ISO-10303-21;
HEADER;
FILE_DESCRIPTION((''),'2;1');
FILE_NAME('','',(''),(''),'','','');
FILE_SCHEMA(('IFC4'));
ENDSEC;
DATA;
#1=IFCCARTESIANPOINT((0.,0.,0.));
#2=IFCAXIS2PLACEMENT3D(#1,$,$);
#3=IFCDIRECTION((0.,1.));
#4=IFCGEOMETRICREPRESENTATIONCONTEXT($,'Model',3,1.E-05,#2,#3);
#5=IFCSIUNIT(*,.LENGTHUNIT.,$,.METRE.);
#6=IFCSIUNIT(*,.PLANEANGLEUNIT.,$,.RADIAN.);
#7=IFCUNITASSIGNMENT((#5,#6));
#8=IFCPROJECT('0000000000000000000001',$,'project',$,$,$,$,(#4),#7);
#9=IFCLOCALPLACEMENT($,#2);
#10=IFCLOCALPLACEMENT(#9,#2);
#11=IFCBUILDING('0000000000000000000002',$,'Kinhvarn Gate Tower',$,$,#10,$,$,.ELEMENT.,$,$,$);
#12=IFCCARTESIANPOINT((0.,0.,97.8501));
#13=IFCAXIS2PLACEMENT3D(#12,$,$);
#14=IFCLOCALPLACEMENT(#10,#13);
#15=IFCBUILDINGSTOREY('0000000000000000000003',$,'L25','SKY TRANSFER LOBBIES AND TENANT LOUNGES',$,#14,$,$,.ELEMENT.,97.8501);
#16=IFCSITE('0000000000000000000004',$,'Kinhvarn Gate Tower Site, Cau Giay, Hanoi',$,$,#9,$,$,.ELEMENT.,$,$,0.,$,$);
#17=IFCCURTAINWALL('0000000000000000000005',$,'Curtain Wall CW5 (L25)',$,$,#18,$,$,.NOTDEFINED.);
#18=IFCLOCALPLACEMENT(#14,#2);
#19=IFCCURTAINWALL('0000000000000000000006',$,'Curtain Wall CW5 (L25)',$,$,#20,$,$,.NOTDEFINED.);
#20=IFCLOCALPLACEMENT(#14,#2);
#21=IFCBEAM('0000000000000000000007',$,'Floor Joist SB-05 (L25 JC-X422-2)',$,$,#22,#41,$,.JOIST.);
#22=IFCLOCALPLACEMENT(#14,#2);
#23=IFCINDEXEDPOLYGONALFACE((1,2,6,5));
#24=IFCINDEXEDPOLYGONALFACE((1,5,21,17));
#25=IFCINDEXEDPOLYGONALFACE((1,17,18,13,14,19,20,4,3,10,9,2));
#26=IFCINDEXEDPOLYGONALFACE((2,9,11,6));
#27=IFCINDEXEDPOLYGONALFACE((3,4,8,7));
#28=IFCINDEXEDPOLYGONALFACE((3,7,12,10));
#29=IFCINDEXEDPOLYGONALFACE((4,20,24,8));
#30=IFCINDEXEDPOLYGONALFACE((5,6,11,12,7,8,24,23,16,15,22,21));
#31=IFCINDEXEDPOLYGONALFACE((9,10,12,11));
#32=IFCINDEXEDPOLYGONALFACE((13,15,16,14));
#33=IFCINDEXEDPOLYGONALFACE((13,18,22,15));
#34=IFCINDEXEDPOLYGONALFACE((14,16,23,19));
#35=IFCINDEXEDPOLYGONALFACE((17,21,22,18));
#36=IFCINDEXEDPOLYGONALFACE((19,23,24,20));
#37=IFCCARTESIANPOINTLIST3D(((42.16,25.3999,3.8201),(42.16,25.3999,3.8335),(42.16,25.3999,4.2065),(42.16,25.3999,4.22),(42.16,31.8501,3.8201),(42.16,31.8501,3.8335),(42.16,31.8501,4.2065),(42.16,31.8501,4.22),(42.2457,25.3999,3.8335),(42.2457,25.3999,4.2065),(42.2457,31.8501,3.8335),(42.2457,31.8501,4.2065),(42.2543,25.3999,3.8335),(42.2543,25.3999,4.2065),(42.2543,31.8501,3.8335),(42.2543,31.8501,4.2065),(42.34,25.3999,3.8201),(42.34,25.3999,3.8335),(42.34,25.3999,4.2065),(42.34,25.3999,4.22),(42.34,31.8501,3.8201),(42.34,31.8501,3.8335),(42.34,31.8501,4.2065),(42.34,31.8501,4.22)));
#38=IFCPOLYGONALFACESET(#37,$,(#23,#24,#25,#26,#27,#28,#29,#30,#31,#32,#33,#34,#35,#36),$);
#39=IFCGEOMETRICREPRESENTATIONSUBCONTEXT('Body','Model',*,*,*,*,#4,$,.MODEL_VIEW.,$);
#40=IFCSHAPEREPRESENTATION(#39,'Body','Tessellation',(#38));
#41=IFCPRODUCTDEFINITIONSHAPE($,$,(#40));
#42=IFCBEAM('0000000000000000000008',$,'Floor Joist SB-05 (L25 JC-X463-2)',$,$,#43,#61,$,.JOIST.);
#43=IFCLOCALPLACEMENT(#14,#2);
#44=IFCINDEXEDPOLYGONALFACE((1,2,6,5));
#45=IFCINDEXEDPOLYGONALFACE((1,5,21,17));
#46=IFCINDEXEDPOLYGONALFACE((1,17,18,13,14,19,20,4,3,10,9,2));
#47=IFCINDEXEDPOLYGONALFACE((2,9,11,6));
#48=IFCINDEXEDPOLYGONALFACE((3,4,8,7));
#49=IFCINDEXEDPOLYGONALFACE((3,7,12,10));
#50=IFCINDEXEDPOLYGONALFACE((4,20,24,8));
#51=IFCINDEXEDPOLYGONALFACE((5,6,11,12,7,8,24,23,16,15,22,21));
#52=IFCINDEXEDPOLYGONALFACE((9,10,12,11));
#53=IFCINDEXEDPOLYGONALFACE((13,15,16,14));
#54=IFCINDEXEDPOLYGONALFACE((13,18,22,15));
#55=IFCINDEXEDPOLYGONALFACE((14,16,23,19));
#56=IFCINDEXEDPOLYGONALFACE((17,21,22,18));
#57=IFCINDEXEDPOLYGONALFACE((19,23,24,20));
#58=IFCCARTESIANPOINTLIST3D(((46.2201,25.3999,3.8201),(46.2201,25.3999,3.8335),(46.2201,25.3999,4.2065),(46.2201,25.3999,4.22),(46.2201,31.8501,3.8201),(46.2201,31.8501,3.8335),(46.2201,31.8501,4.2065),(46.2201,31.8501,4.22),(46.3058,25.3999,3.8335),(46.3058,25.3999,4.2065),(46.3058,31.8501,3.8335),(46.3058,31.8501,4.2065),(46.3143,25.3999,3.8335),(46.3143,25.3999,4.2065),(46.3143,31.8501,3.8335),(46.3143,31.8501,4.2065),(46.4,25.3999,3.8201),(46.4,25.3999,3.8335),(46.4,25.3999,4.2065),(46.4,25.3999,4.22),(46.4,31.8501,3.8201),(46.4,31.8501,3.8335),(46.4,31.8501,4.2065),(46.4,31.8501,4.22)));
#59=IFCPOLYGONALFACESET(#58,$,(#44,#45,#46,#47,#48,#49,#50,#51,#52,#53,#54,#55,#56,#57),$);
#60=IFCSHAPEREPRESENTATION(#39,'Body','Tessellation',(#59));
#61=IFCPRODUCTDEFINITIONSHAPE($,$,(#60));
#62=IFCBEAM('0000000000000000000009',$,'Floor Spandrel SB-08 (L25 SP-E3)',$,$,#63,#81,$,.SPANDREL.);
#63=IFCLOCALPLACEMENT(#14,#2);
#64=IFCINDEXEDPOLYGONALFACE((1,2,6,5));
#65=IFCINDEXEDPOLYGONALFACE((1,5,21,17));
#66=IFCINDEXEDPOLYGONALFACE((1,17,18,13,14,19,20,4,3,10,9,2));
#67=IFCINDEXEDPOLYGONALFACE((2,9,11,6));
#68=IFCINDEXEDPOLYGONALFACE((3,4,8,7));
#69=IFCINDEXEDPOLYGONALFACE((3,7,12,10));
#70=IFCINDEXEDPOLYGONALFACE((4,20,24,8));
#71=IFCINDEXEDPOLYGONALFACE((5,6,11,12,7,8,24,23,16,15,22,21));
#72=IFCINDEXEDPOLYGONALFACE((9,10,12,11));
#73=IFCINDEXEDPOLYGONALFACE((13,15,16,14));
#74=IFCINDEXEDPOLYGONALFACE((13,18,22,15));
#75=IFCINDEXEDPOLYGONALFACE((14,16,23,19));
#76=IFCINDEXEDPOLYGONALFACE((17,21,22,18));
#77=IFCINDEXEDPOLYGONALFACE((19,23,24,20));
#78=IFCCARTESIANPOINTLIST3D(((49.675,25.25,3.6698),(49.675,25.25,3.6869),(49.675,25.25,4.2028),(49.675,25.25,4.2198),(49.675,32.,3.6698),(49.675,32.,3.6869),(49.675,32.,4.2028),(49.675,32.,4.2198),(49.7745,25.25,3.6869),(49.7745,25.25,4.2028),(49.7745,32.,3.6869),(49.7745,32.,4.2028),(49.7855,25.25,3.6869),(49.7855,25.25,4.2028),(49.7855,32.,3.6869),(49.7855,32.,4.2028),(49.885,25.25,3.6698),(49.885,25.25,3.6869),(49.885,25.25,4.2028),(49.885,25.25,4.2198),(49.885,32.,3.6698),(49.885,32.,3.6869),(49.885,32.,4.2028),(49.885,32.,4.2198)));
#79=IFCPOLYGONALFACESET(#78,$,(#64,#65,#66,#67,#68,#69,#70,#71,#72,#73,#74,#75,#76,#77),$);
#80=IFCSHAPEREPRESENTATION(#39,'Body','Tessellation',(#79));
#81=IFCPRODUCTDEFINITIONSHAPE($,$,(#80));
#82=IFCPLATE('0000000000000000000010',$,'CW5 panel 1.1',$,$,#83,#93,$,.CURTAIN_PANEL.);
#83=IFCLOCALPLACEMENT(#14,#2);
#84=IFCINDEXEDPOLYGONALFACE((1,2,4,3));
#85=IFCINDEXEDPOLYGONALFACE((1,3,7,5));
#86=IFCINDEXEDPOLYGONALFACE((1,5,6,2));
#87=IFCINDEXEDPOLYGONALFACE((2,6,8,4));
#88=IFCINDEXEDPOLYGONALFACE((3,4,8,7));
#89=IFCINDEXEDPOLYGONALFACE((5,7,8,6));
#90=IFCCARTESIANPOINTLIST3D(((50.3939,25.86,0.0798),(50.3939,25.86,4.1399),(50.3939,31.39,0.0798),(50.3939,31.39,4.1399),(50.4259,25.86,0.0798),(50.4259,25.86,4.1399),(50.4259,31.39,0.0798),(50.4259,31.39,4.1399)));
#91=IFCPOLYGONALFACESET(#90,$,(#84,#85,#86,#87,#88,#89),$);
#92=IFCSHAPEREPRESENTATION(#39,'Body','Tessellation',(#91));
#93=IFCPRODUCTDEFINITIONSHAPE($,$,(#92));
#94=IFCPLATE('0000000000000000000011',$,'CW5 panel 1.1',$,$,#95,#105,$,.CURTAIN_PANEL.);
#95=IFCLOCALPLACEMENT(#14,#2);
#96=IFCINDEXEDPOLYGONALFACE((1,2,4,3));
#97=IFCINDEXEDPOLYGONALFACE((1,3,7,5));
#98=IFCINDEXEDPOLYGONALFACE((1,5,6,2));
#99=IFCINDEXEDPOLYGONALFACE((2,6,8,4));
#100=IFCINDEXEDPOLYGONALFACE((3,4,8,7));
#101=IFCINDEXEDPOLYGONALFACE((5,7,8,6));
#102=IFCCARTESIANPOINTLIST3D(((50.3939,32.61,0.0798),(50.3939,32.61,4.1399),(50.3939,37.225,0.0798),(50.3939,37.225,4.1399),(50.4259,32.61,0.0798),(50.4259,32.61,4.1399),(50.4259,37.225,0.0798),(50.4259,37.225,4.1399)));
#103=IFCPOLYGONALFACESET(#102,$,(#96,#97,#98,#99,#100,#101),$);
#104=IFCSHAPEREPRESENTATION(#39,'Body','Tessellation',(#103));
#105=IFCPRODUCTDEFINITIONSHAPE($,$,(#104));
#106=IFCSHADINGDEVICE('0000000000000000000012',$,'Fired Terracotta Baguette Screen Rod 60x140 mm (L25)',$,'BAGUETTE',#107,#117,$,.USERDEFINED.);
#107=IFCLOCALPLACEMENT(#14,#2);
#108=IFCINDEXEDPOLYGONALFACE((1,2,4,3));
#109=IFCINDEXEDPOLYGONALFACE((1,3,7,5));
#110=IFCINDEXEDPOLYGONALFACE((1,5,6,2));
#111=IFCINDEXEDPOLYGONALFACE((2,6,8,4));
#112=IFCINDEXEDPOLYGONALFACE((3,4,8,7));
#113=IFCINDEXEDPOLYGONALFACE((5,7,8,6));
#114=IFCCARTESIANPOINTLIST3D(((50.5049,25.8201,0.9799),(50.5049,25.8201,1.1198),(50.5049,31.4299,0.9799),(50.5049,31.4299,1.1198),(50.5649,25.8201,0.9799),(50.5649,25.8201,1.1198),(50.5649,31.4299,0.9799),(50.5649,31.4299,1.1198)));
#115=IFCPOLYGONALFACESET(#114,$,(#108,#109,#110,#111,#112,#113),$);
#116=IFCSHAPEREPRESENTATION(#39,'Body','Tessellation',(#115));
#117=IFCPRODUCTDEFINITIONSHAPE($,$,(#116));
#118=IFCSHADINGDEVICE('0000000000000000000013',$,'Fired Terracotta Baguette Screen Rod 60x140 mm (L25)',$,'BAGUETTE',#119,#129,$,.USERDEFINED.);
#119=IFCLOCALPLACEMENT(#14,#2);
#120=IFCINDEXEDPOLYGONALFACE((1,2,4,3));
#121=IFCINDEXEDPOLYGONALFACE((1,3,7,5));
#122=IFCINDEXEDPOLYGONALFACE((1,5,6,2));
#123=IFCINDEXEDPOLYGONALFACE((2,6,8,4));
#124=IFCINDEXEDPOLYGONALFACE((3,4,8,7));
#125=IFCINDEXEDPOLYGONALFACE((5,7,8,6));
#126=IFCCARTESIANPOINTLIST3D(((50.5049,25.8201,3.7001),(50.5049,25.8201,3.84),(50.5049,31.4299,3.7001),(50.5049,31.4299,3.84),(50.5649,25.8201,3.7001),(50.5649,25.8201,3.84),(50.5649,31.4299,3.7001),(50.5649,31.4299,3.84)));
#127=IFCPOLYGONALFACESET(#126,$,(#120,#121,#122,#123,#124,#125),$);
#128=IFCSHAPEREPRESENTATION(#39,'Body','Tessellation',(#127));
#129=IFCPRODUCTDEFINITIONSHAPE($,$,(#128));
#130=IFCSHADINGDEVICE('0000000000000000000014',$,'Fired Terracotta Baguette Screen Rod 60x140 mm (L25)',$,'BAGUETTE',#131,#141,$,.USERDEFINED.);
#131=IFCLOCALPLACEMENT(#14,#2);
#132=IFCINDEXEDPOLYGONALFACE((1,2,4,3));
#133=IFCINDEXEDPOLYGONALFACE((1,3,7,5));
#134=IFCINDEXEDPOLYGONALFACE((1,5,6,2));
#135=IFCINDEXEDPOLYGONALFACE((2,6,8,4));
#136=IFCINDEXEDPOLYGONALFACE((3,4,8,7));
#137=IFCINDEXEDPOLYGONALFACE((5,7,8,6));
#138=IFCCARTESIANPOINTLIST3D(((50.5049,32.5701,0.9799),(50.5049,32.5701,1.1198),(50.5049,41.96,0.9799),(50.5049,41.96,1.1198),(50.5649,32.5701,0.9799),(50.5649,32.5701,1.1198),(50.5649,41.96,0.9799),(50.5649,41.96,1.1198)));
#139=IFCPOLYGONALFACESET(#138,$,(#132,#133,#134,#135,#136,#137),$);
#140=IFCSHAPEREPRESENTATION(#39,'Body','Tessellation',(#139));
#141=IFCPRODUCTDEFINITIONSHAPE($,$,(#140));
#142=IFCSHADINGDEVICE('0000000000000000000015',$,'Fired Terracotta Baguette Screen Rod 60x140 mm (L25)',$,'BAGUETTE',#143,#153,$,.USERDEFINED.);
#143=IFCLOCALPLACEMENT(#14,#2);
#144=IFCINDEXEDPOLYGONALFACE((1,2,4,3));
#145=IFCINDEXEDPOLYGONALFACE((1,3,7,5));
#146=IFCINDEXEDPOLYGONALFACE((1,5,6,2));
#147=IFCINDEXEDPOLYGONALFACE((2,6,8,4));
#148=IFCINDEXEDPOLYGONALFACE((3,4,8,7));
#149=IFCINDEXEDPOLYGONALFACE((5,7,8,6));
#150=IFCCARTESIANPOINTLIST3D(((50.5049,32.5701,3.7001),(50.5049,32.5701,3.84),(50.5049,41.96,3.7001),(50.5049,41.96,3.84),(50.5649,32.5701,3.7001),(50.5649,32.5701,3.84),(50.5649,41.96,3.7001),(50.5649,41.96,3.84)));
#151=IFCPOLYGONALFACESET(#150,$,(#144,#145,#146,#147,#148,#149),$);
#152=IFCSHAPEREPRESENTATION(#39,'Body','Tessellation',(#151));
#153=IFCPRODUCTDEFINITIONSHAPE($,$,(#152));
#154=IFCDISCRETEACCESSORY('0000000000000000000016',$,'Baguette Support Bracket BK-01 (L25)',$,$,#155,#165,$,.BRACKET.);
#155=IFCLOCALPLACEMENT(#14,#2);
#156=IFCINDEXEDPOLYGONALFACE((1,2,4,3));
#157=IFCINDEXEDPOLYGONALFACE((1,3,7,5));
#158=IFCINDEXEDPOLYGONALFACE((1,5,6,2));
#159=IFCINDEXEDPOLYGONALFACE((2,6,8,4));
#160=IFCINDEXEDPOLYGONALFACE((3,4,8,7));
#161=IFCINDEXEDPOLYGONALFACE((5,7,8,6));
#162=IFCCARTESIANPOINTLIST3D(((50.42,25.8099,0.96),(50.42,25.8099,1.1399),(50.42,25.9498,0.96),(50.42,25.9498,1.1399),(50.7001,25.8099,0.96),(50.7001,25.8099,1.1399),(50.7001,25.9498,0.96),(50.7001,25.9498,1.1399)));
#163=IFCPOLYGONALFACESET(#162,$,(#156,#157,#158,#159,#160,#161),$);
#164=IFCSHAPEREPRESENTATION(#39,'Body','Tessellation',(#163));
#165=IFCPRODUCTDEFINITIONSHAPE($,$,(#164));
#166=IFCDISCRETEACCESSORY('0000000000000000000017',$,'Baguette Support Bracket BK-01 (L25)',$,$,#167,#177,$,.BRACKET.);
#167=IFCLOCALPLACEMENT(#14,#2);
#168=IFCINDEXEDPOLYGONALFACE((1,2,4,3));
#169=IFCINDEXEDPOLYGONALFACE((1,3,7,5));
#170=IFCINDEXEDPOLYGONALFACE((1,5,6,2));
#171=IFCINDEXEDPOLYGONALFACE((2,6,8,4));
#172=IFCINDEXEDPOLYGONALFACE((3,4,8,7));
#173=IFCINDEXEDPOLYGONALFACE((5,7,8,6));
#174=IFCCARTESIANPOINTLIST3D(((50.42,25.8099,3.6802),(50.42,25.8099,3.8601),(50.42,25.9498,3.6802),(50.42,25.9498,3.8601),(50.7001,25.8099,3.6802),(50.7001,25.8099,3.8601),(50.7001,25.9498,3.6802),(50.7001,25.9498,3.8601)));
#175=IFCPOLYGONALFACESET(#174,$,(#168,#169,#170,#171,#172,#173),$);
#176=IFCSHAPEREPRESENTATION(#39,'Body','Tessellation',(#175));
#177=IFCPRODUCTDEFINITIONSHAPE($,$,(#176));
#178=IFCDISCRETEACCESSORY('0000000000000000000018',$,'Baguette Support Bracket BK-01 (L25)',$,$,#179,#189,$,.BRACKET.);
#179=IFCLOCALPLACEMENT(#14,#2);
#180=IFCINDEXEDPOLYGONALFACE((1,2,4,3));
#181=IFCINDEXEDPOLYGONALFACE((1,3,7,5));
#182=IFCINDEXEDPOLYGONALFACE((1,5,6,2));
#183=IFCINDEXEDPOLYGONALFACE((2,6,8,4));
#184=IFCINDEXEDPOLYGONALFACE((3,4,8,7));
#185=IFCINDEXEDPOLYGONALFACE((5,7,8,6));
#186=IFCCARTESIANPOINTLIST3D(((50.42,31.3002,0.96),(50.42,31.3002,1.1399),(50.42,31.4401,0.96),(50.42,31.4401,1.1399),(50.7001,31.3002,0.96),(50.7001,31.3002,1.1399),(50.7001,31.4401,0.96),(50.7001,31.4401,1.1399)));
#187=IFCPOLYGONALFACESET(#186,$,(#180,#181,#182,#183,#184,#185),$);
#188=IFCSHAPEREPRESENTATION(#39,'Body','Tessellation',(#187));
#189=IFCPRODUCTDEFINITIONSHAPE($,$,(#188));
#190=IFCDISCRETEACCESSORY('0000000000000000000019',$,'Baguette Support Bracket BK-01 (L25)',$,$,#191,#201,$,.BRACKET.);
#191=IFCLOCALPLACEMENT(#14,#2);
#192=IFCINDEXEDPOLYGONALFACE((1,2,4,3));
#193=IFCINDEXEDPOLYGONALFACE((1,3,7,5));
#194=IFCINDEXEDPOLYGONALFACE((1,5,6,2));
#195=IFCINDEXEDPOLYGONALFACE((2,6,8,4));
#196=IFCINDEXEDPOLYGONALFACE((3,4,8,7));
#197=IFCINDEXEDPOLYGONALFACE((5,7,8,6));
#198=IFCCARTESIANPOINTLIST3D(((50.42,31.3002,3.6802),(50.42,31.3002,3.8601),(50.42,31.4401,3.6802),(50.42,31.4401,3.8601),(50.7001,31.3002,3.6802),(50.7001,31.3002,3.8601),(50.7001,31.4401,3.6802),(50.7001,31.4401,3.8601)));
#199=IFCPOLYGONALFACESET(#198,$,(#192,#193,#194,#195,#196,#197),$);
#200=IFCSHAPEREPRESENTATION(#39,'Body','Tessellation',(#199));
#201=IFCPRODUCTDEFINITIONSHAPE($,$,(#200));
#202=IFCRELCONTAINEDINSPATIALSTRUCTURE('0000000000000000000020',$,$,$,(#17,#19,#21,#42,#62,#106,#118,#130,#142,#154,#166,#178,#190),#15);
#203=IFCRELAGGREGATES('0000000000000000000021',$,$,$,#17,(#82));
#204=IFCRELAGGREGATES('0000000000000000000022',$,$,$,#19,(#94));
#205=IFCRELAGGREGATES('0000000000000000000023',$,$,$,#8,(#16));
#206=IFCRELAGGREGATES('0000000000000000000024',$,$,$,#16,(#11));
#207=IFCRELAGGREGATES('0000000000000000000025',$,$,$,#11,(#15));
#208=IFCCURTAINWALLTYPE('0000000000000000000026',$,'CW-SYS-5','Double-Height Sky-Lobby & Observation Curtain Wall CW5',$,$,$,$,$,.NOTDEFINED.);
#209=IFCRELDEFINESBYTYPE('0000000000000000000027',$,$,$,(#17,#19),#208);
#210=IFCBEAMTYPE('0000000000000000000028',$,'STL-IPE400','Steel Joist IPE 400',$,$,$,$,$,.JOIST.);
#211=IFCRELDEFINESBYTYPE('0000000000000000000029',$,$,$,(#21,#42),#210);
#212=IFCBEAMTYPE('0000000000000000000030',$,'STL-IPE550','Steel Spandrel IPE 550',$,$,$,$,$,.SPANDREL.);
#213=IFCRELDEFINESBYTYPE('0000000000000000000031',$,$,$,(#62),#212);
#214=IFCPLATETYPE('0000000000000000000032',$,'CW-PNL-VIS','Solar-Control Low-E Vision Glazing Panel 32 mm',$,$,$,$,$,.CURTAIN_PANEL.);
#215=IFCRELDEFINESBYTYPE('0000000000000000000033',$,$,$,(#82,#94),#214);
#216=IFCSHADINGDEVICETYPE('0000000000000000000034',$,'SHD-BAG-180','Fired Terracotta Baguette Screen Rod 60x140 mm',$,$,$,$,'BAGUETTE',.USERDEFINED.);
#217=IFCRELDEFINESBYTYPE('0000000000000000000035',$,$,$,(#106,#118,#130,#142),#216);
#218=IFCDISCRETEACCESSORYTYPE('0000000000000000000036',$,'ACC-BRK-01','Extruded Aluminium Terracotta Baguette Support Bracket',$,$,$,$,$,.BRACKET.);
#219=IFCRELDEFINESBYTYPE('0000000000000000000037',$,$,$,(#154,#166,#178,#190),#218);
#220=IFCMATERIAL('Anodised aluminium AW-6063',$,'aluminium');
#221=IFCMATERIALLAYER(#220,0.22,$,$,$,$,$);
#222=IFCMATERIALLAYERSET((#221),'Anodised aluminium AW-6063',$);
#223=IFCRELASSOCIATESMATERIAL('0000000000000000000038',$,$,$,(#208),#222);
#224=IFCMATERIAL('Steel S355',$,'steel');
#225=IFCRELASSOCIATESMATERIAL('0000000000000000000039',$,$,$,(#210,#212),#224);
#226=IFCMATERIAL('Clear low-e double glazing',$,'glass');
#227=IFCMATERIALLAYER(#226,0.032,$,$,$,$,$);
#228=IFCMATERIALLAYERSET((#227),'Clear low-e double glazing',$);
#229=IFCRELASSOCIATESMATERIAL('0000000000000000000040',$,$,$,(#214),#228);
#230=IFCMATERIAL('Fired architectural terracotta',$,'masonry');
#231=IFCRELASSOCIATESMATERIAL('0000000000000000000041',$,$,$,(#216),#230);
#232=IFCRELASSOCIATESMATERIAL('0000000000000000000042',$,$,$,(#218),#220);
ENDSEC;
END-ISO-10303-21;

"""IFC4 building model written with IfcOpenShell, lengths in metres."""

from ifc_helpers import new_model, si_unit, direction, frame, origin, origin_2d, place, context, subcontext, project, spatial, rectangle, i_section, extrude, material, layer, layer_set, material_profile, profile_set, type_object, element, aggregate, save


model = new_model("IFC4")

# Units and contexts
model_context = context("Model", 3, precision=1e-05, world=origin(), true_north=direction((0.0, 1.0)))
body_context = subcontext(model_context, "Body", "Model", "MODEL_VIEW")
ifc_project = project(units=[si_unit("LENGTHUNIT", "METRE"), si_unit("PLANEANGLEUNIT", "RADIAN")], contexts=[model_context])

# Site, building, storey
site_placement = place(None, origin())
site = spatial("IfcSite", under=ifc_project, at=site_placement, Name="Kinhvarn Gate Tower Site, Cau Giay, Hanoi", CompositionType="ELEMENT", RefElevation=0.0)
building_placement = place(site_placement, origin())
building = spatial("IfcBuilding", under=site, at=building_placement, Name="Kinhvarn Gate Tower", CompositionType="ELEMENT")
storey_placement = place(building_placement, frame((0.0, 0.0, 97.8501)))
storey = spatial("IfcBuildingStorey", under=building, at=storey_placement, Name="L25", Description="SKY TRANSFER LOBBIES AND TENANT LOUNGES", CompositionType="ELEMENT", Elevation=97.8501)

# Curtain walls
ifc_material_1 = material(Name="Anodised aluminium AW-6063", Category="aluminium")
ifc_layer_1 = layer(ifc_material_1, 0.22)
ifc_layer_set_1 = layer_set([ifc_layer_1], Name="Anodised aluminium AW-6063")
curtain_wall_type = type_object("IfcCurtainWallType", Name="CW-SYS-5", Description="Double-Height Sky-Lobby & Observation Curtain Wall CW5", PredefinedType="NOTDEFINED", material=ifc_layer_set_1)
curtain_wall_1_placement = place(storey_placement, origin())
curtain_wall_1 = element("IfcCurtainWall", 1, at=curtain_wall_1_placement, inside=storey, type_object=curtain_wall_type, Name="Curtain Wall CW5 (L25)", PredefinedType="NOTDEFINED")
curtain_wall_2_placement = place(storey_placement, origin())
curtain_wall_2 = element("IfcCurtainWall", 2, at=curtain_wall_2_placement, inside=storey, type_object=curtain_wall_type, Name="Curtain Wall CW5 (L25)", PredefinedType="NOTDEFINED")

# Beams
ifc_material_2 = material(Name="Steel S355", Category="steel")
ifc_material_profile_1 = material_profile(ifc_material_2, i_section(OverallWidth=0.1799, OverallDepth=0.3999, WebThickness=0.0085, FlangeThickness=0.0134, at=origin_2d()), Name="IPE 400")
ifc_profile_set_1 = profile_set([ifc_material_profile_1], Name="Steel S355")
beam_type_1 = type_object("IfcBeamType", Name="STL-IPE400", Description="Steel Joist IPE 400", PredefinedType="JOIST", material=ifc_profile_set_1)
for number, where, z_axis, x_axis, name in (
    (3, (42.25, 25.3999, 4.02), (0.0, 1.0, 0.0), (-1.0, 0.0, 0.0), "Floor Joist SB-05 (L25 JC-X422-2)"),
    (4, (46.3101, 25.3999, 4.02), (0.0, 1.0, 0.0), (-1.0, 0.0, 0.0), "Floor Joist SB-05 (L25 JC-X463-2)"),
):
    element("IfcBeam", number, at=place(storey_placement, frame(where, z_axis=z_axis, x_axis=x_axis)), inside=storey, type_object=beam_type_1, Name=name, PredefinedType="JOIST", context=body_context, shape_type="SweptSolid", body=[
        extrude(i_section(OverallWidth=0.1799, OverallDepth=0.3999, WebThickness=0.0085, FlangeThickness=0.0134, at=origin_2d()), origin(), (0.0, 0.0, 1.0), 6.4502),
    ])
ifc_material_profile_2 = material_profile(ifc_material_2, i_section(OverallWidth=0.21, OverallDepth=0.55, WebThickness=0.011, FlangeThickness=0.0171, at=origin_2d()), Name="IPE 550")
ifc_profile_set_2 = profile_set([ifc_material_profile_2], Name="Steel S355")
beam_type_2 = type_object("IfcBeamType", Name="STL-IPE550", Description="Steel Spandrel IPE 550", PredefinedType="SPANDREL", material=ifc_profile_set_2)
beam_1_placement = place(storey_placement, frame((49.78, 25.25, 3.9448), z_axis=(0.0, 1.0, 0.0), x_axis=(-1.0, 0.0, 0.0)))
element("IfcBeam", 5, at=beam_1_placement, inside=storey, type_object=beam_type_2, Name="Floor Spandrel SB-08 (L25 SP-E3)", PredefinedType="SPANDREL", context=body_context, shape_type="SweptSolid", body=[
    extrude(i_section(OverallWidth=0.21, OverallDepth=0.55, WebThickness=0.011, FlangeThickness=0.0171, at=origin_2d()), origin(), (0.0, 0.0, 1.0), 6.75),
])

# Plates
ifc_material_3 = material(Name="Clear low-e double glazing", Category="glass")
ifc_layer_2 = layer(ifc_material_3, 0.032)
ifc_layer_set_2 = layer_set([ifc_layer_2], Name="Clear low-e double glazing")
plate_type = type_object("IfcPlateType", Name="CW-PNL-VIS", Description="Solar-Control Low-E Vision Glazing Panel 32 mm", PredefinedType="CURTAIN_PANEL", material=ifc_layer_set_2)
plate_1_placement = place(storey_placement, frame((50.4099, 28.625, 0.0798), z_axis=(0.0, 0.0, 1.0), x_axis=(0.0, 1.0, 0.0)))
plate_1 = element("IfcPlate", 6, at=plate_1_placement, type_object=plate_type, Name="CW5 panel 1.1", PredefinedType="CURTAIN_PANEL", context=body_context, shape_type="SweptSolid", body=[
    extrude(rectangle(XDim=5.53, YDim=0.032, at=origin_2d()), origin(), (0.0, 0.0, 1.0), 4.0601),
])
aggregate(curtain_wall_1, [plate_1])
plate_2_placement = place(storey_placement, frame((50.4099, 34.9175, 0.0798), z_axis=(0.0, 0.0, 1.0), x_axis=(0.0, 1.0, 0.0)))
plate_2 = element("IfcPlate", 7, at=plate_2_placement, type_object=plate_type, Name="CW5 panel 1.1", PredefinedType="CURTAIN_PANEL", context=body_context, shape_type="SweptSolid", body=[
    extrude(rectangle(XDim=4.615, YDim=0.032, at=origin_2d()), origin(), (0.0, 0.0, 1.0), 4.0601),
])
aggregate(curtain_wall_2, [plate_2])

# Shading devices
ifc_material_4 = material(Name="Fired architectural terracotta", Category="masonry")
ifc_material_profile_3 = material_profile(ifc_material_4, rectangle(XDim=0.0601, YDim=0.1399, at=origin_2d()), Name="TC 60x140")
ifc_profile_set_3 = profile_set([ifc_material_profile_3], Name="Fired architectural terracotta")
shading_device_type = type_object("IfcShadingDeviceType", Name="SHD-BAG-180", Description="Fired Terracotta Baguette Screen Rod 60x140 mm", ElementType="BAGUETTE", PredefinedType="USERDEFINED", material=ifc_profile_set_3)
for number, where, z_axis, x_axis, name in (
    (8, (50.5349, 25.8201, 1.0498), (0.0, 1.0, 0.0), (-1.0, 0.0, 0.0), "Fired Terracotta Baguette Screen Rod 60x140 mm (L25)"),
    (9, (50.5349, 25.8201, 3.77), (0.0, 1.0, 0.0), (-1.0, 0.0, 0.0), "Fired Terracotta Baguette Screen Rod 60x140 mm (L25)"),
):
    element("IfcShadingDevice", number, at=place(storey_placement, frame(where, z_axis=z_axis, x_axis=x_axis)), inside=storey, type_object=shading_device_type, Name=name, ObjectType="BAGUETTE", PredefinedType="USERDEFINED", context=body_context, shape_type="SweptSolid", body=[
        extrude(rectangle(XDim=0.0601, YDim=0.1399, at=origin_2d()), origin(), (0.0, 0.0, 1.0), 5.6099),
    ])
for number, where, z_axis, x_axis, name in (
    (10, (50.5349, 32.5701, 1.0498), (0.0, 1.0, 0.0), (-1.0, 0.0, 0.0), "Fired Terracotta Baguette Screen Rod 60x140 mm (L25)"),
    (11, (50.5349, 32.5701, 3.77), (0.0, 1.0, 0.0), (-1.0, 0.0, 0.0), "Fired Terracotta Baguette Screen Rod 60x140 mm (L25)"),
):
    element("IfcShadingDevice", number, at=place(storey_placement, frame(where, z_axis=z_axis, x_axis=x_axis)), inside=storey, type_object=shading_device_type, Name=name, ObjectType="BAGUETTE", PredefinedType="USERDEFINED", context=body_context, shape_type="SweptSolid", body=[
        extrude(rectangle(XDim=0.0601, YDim=0.1399, at=origin_2d()), origin(), (0.0, 0.0, 1.0), 9.3899),
    ])

# Discrete accessories
discrete_accessory_type_1 = type_object("IfcDiscreteAccessoryType", Name="ACC-BRK-01", Description="Extruded Aluminium Terracotta Baguette Support Bracket", PredefinedType="BRACKET", material=ifc_material_1)
for number, where, z_axis, x_axis, name in (
    (12, (50.5601, 25.8799, 0.96), (0.0, 0.0, 1.0), (0.0, 1.0, 0.0), "Baguette Support Bracket BK-01 (L25)"),
    (13, (50.5601, 25.8799, 3.6802), (0.0, 0.0, 1.0), (0.0, 1.0, 0.0), "Baguette Support Bracket BK-01 (L25)"),
    (14, (50.5601, 31.3701, 0.96), (0.0, 0.0, 1.0), (0.0, 1.0, 0.0), "Baguette Support Bracket BK-01 (L25)"),
    (15, (50.5601, 31.3701, 3.6802), (0.0, 0.0, 1.0), (0.0, 1.0, 0.0), "Baguette Support Bracket BK-01 (L25)"),
):
    element("IfcDiscreteAccessory", number, at=place(storey_placement, frame(where, z_axis=z_axis, x_axis=x_axis)), inside=storey, type_object=discrete_accessory_type_1, Name=name, PredefinedType="BRACKET", context=body_context, shape_type="SweptSolid", body=[
        extrude(rectangle(XDim=0.1399, YDim=0.28, at=origin_2d()), origin(), (0.0, 0.0, 1.0), 0.1799),
    ])

save(model, "model.ifc")
